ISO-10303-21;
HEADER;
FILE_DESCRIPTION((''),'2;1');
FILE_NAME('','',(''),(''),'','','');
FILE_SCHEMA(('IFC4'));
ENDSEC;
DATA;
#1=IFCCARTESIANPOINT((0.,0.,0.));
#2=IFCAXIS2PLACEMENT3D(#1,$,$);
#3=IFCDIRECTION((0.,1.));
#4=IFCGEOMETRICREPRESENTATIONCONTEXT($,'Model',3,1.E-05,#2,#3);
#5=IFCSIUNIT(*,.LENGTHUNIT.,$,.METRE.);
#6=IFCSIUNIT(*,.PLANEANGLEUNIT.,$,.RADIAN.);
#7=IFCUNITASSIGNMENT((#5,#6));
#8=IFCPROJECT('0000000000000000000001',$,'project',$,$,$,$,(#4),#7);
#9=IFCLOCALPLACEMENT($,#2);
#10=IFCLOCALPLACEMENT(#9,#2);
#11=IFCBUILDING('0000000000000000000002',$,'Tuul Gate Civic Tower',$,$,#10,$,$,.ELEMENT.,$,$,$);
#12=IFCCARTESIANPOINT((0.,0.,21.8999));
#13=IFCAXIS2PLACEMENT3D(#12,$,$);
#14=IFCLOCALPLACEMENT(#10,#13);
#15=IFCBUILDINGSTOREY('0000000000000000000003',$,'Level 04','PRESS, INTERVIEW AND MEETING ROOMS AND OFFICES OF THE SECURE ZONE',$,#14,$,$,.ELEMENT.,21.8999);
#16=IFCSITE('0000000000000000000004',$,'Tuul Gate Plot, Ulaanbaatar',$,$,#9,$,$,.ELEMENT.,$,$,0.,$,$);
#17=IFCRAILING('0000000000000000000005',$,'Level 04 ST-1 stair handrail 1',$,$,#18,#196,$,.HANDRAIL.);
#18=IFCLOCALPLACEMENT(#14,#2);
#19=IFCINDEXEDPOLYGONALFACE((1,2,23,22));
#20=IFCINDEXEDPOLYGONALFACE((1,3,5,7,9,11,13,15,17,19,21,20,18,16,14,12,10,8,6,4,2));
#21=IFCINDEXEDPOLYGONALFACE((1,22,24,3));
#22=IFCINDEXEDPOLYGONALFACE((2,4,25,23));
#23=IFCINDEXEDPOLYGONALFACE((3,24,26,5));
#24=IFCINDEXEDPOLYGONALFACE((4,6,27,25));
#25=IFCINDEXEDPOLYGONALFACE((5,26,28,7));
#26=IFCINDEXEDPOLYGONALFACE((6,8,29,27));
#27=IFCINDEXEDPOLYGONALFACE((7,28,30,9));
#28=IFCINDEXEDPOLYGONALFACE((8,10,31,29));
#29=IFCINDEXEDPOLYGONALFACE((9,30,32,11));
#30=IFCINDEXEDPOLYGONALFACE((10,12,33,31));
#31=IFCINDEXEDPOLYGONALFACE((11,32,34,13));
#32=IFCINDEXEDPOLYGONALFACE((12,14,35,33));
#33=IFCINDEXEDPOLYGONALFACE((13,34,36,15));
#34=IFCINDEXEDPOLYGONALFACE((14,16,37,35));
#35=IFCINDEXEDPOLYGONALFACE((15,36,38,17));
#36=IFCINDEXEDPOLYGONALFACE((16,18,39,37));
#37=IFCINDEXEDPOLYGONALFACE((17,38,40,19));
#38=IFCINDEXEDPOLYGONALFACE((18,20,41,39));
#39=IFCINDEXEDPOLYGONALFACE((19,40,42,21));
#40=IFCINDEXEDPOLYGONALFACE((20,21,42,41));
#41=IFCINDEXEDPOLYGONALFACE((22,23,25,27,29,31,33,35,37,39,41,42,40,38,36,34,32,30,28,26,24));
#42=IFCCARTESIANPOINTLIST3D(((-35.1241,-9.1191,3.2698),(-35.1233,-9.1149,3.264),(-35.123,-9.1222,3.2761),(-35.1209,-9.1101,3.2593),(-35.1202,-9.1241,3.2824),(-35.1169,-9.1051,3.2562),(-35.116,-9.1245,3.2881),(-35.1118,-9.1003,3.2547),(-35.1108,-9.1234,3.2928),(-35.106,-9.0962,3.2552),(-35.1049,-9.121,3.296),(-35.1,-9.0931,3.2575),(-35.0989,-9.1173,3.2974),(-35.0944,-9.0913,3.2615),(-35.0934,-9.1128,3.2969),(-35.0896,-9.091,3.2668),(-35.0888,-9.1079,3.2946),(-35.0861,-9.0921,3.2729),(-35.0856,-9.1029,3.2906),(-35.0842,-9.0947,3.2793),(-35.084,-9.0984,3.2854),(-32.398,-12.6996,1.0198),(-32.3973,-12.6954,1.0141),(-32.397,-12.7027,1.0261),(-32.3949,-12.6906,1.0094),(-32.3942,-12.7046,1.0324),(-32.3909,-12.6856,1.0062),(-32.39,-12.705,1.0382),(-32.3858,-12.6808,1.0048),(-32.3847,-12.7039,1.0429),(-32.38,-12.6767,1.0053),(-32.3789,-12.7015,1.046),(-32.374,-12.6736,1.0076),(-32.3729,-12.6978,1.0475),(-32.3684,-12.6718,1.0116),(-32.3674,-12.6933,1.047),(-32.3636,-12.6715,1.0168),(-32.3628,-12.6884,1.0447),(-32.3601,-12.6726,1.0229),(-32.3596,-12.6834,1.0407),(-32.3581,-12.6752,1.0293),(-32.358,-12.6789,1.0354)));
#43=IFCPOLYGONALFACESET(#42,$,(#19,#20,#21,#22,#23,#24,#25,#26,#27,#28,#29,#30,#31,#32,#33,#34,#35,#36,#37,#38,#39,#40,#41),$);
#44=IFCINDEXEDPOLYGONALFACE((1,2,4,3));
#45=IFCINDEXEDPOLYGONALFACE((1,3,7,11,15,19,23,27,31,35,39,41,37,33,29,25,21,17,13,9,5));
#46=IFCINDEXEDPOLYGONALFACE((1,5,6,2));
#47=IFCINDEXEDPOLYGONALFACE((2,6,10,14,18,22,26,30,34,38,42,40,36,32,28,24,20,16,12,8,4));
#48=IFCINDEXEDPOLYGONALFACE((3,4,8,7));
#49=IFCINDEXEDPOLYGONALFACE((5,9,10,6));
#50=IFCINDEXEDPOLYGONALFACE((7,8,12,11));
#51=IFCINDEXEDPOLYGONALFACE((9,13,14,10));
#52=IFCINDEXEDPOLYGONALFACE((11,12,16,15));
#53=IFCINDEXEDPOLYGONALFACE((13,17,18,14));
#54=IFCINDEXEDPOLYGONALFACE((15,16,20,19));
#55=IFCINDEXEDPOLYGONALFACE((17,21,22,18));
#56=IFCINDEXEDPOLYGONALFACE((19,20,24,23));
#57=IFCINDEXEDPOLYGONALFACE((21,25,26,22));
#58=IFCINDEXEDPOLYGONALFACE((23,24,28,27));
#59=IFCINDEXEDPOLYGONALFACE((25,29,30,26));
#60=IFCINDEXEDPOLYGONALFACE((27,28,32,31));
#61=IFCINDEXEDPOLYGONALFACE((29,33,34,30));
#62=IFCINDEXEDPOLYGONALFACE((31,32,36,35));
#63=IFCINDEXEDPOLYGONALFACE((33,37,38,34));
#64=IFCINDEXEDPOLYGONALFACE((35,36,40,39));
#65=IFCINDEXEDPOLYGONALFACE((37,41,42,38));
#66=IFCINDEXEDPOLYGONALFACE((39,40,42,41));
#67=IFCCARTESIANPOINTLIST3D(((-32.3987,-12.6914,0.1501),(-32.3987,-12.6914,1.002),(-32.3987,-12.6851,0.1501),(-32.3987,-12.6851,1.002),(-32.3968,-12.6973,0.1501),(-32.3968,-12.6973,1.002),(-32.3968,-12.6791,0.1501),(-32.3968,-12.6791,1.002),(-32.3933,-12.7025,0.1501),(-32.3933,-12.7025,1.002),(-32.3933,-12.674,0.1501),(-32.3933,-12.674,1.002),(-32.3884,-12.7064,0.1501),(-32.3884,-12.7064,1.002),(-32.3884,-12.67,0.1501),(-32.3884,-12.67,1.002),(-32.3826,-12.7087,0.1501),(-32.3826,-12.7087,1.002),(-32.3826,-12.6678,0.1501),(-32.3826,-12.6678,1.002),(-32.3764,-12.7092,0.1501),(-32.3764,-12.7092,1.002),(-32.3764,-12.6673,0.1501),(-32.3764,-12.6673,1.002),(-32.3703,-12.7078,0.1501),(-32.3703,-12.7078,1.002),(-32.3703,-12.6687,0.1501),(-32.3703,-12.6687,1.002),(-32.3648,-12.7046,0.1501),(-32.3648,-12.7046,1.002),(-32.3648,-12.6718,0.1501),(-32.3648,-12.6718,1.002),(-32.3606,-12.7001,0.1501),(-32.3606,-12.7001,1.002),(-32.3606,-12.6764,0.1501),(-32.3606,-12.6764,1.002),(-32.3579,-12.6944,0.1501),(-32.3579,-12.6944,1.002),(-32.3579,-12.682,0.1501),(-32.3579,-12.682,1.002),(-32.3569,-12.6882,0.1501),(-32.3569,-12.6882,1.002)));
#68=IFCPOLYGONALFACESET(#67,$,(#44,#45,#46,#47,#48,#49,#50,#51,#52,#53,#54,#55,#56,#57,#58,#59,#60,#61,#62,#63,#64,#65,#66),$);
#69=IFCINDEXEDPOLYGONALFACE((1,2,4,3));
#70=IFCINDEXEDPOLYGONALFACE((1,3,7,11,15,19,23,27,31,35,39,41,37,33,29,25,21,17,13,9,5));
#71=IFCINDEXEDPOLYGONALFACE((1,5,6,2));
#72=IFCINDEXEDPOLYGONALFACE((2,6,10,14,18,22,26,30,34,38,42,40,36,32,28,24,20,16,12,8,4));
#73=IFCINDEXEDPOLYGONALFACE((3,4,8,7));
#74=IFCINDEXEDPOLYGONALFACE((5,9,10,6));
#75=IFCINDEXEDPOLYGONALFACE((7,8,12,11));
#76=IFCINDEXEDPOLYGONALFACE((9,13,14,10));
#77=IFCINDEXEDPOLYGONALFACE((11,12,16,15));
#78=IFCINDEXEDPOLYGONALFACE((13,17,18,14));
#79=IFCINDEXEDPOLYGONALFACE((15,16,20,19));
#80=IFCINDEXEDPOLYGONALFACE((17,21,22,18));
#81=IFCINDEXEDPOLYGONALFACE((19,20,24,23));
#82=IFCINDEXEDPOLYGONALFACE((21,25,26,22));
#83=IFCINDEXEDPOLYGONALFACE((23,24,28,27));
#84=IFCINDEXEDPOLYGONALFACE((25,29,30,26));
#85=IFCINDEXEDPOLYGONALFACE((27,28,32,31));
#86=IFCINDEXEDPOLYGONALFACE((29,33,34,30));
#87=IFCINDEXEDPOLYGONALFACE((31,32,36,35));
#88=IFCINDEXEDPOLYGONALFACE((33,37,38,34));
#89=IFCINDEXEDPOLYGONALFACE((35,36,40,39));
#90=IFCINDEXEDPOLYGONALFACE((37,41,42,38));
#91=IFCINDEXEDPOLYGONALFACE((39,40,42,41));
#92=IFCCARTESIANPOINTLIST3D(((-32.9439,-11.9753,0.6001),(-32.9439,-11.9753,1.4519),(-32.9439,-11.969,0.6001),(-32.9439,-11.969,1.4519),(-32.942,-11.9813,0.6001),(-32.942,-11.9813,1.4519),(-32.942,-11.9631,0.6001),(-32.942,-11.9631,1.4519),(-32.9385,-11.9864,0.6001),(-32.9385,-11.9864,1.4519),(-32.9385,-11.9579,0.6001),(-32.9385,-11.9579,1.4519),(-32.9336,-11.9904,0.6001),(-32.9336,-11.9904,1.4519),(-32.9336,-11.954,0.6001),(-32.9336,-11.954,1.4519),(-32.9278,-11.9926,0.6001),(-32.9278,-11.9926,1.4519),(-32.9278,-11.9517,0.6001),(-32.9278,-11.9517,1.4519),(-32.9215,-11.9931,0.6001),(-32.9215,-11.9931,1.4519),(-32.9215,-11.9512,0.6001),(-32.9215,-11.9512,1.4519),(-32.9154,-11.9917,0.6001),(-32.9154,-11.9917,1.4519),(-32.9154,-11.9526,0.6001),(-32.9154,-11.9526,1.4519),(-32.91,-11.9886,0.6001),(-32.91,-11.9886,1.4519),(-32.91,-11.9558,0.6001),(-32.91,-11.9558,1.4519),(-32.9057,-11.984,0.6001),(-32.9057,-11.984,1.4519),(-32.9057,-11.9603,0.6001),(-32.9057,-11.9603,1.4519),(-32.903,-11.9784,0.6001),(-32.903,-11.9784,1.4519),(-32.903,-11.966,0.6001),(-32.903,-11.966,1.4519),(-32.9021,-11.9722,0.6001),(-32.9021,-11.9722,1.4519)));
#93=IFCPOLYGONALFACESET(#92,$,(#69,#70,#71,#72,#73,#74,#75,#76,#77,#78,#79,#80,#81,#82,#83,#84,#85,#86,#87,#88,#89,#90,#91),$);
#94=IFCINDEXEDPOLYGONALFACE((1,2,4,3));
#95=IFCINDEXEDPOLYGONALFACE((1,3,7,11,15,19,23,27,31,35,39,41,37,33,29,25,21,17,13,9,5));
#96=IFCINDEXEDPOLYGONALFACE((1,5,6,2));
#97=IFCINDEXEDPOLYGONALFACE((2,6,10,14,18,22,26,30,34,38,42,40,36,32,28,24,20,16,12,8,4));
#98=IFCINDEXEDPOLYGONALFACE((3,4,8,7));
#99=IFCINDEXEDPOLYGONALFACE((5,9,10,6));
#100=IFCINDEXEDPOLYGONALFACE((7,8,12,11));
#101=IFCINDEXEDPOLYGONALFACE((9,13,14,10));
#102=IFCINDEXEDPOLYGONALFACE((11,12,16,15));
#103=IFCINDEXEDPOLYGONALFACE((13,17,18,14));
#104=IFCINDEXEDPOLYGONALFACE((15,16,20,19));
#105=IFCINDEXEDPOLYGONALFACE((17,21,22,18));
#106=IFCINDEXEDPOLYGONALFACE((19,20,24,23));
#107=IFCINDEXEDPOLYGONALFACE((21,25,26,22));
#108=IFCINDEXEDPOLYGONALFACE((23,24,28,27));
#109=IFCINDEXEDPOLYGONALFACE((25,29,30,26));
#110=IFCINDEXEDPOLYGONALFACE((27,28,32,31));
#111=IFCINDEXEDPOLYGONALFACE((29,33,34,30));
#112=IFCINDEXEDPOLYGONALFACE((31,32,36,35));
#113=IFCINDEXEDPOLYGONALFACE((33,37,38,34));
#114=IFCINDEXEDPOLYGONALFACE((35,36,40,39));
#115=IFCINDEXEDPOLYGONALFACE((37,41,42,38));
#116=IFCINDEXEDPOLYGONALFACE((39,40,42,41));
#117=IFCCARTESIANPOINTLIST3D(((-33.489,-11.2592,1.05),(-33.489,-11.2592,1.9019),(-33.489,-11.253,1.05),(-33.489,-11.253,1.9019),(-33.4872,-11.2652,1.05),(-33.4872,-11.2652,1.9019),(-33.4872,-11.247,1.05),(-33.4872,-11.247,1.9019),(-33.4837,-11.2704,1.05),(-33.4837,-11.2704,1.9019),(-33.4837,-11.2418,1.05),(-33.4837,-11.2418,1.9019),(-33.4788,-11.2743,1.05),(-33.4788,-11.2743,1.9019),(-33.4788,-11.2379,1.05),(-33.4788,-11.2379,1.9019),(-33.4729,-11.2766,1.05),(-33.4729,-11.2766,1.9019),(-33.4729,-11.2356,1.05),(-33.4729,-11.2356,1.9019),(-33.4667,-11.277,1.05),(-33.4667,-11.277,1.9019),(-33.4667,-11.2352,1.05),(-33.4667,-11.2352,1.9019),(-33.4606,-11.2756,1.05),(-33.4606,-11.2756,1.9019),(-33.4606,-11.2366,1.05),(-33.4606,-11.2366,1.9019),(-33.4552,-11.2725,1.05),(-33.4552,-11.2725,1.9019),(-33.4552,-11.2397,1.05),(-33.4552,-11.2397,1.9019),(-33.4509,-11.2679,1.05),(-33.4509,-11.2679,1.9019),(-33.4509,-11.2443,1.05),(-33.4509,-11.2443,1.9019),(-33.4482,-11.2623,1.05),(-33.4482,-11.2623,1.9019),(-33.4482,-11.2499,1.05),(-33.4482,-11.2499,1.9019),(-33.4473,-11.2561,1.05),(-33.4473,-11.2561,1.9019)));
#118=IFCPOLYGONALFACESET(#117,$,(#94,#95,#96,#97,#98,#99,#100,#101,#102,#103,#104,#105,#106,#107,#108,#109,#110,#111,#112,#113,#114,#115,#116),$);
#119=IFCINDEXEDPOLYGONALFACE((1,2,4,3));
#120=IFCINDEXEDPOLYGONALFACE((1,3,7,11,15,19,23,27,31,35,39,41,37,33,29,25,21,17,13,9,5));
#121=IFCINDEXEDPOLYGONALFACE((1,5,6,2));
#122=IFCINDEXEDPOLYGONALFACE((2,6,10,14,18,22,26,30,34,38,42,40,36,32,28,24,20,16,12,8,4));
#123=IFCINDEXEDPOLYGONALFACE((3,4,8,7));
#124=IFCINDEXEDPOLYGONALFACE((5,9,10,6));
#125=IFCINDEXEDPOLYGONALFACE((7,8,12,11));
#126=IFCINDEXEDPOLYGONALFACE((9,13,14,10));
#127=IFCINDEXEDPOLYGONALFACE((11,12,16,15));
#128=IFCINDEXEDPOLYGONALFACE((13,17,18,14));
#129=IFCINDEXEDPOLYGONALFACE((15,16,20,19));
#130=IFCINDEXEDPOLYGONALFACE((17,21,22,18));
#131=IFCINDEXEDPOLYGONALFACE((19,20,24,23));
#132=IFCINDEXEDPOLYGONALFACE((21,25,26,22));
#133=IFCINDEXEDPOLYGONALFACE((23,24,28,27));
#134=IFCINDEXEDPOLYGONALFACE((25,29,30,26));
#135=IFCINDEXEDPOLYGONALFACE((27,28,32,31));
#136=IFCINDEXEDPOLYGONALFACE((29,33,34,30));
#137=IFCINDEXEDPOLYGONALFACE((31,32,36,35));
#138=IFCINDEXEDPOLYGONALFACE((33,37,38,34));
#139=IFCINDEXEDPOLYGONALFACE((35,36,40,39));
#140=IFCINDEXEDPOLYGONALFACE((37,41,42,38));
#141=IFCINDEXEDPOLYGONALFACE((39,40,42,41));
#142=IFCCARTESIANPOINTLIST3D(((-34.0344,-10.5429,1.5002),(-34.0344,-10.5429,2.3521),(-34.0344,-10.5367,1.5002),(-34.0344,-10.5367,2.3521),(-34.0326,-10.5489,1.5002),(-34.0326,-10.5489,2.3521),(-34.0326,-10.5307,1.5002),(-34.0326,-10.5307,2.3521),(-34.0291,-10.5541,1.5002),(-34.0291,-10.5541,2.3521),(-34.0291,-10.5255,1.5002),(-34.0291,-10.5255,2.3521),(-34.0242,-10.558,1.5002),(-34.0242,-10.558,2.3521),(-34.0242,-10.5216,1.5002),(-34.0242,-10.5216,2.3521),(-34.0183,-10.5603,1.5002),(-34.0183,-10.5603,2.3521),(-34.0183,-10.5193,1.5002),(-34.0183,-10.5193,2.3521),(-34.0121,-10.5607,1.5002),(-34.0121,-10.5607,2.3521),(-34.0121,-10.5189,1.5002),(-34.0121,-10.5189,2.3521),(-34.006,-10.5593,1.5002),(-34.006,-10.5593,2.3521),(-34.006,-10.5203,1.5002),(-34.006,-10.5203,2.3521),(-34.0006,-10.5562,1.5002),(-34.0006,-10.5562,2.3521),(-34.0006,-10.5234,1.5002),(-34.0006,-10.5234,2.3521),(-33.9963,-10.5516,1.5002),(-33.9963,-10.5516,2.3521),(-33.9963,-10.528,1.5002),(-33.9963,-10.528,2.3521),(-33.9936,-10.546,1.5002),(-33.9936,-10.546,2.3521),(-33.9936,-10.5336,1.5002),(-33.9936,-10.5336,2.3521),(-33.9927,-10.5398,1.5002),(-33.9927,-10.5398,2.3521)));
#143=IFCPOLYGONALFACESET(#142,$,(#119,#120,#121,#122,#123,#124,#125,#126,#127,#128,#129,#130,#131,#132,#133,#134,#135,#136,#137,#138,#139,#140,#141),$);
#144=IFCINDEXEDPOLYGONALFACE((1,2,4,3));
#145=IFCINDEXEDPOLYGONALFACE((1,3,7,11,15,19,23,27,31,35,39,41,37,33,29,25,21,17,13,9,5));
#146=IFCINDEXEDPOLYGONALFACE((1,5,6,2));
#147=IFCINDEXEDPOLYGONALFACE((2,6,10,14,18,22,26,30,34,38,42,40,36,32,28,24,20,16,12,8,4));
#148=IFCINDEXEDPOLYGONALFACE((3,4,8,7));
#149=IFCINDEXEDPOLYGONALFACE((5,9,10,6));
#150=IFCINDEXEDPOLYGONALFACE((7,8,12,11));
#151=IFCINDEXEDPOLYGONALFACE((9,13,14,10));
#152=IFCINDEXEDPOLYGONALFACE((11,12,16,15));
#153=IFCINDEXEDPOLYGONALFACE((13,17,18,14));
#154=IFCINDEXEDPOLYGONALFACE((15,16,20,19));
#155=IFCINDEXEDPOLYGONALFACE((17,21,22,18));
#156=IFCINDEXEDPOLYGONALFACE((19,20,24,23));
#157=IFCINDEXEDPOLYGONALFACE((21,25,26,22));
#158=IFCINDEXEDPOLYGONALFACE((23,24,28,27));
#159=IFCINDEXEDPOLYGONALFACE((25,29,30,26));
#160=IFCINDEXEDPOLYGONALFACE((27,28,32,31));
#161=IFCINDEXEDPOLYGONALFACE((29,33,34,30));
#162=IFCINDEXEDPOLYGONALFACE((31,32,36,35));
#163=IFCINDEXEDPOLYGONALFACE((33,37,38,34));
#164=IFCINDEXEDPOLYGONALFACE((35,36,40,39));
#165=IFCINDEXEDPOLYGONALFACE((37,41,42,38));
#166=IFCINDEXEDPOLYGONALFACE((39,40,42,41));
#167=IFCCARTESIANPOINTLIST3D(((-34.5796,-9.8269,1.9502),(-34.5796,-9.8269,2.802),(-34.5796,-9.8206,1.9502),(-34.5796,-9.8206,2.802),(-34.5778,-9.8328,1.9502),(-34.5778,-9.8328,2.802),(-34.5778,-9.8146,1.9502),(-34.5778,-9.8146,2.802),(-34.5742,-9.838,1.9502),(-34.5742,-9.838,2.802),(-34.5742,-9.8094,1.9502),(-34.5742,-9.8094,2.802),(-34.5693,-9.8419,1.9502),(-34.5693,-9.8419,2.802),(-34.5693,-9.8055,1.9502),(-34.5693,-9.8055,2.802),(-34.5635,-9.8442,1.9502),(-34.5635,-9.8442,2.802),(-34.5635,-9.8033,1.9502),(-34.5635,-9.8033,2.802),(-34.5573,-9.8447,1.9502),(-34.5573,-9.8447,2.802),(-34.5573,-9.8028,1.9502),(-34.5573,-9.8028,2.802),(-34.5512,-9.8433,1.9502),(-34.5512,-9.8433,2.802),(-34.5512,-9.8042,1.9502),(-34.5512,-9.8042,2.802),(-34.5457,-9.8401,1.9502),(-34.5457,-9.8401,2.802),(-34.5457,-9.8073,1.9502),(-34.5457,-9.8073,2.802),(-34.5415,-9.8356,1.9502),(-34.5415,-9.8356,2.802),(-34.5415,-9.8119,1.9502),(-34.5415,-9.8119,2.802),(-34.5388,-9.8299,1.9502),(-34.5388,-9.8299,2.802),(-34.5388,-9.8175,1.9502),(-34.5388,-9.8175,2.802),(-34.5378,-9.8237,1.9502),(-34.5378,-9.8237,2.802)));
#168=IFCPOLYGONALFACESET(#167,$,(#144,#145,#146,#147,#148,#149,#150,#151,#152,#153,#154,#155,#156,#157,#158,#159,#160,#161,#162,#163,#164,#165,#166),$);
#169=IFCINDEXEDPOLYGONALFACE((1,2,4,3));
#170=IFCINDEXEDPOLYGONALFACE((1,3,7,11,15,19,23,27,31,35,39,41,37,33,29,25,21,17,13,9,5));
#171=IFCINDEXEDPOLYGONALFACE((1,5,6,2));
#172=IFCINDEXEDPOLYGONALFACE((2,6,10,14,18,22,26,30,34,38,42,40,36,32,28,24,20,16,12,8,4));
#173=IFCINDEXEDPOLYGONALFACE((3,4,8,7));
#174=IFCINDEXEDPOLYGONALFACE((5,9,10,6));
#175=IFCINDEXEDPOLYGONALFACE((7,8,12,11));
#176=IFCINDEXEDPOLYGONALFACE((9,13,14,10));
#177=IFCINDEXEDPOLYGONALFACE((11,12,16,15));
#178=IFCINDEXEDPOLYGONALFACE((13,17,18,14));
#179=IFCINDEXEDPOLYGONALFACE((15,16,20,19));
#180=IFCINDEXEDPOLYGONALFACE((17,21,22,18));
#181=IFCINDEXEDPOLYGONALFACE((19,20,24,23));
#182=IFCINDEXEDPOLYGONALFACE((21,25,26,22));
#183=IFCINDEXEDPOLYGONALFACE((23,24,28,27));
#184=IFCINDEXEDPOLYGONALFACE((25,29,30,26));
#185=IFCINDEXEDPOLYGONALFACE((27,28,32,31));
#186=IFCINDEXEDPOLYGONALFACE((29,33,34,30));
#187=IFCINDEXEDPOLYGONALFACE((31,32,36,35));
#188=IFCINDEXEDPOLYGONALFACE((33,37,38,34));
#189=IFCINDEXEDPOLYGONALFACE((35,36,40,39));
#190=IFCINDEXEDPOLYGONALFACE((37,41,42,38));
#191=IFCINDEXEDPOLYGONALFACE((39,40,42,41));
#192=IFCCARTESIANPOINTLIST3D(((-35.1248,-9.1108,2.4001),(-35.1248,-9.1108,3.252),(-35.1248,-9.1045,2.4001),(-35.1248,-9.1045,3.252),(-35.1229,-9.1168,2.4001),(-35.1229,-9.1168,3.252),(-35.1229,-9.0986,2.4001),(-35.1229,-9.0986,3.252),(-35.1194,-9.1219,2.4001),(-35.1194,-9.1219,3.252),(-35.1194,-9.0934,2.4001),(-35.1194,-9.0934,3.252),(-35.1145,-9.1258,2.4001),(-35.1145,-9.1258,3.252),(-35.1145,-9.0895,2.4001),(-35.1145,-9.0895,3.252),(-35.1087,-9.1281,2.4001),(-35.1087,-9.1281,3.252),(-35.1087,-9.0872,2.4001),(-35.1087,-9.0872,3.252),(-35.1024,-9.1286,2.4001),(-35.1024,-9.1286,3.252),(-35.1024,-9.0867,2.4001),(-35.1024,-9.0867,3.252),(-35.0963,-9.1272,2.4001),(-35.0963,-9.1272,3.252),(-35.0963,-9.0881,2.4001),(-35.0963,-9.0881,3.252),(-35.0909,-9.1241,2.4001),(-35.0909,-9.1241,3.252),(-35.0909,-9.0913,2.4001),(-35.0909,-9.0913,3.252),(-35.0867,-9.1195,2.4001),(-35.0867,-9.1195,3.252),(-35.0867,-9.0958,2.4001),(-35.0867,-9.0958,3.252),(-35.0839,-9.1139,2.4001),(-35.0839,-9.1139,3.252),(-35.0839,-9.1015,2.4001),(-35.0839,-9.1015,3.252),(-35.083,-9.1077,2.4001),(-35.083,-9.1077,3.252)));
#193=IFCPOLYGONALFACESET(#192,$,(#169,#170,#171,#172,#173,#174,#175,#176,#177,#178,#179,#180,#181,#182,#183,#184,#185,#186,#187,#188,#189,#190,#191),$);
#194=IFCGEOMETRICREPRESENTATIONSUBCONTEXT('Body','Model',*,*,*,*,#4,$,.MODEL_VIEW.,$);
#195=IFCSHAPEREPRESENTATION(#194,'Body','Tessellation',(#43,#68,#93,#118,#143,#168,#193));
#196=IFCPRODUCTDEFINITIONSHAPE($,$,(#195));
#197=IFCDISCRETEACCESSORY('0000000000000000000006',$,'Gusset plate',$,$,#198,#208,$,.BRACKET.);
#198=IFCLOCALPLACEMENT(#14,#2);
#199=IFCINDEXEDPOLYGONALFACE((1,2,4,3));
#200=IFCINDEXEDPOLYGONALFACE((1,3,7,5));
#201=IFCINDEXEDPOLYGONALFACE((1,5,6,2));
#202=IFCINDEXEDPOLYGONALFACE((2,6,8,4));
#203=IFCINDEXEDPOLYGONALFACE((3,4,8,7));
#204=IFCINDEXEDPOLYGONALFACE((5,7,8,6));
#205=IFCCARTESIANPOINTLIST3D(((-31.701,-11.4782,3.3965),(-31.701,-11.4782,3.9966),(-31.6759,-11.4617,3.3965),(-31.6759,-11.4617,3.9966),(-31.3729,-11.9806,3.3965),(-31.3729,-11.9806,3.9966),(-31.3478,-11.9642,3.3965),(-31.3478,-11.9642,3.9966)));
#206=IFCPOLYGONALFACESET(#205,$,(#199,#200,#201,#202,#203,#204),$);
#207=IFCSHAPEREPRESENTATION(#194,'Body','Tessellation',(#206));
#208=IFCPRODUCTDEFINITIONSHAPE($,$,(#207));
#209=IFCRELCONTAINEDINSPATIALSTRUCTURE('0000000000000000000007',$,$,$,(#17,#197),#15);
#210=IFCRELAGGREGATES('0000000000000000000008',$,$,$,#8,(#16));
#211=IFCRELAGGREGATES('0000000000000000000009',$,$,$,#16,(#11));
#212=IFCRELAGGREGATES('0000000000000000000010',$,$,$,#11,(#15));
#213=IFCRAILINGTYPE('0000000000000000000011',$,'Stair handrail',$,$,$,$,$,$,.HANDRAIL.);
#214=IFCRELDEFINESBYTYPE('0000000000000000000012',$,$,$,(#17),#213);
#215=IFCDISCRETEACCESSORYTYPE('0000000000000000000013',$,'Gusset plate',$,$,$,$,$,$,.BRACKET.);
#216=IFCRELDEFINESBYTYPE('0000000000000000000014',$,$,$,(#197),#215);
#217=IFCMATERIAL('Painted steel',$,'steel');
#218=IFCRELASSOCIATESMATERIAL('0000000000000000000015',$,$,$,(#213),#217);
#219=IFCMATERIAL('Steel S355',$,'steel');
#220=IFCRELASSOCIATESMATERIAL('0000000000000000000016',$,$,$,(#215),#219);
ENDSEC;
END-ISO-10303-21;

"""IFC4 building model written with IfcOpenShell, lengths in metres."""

from ifc_helpers import new_model, si_unit, direction, frame, origin, origin_2d, place, context, subcontext, project, spatial, rectangle, circle, extrude, material, type_object, element, save


model = new_model("IFC4")

# Units and contexts
model_context = context("Model", 3, precision=1e-05, world=origin(), true_north=direction((0.0, 1.0)))
body_context = subcontext(model_context, "Body", "Model", "MODEL_VIEW")
ifc_project = project(units=[si_unit("LENGTHUNIT", "METRE"), si_unit("PLANEANGLEUNIT", "RADIAN")], contexts=[model_context])

# Site, building, storey
site_placement = place(None, origin())
site = spatial("IfcSite", under=ifc_project, at=site_placement, Name="Tuul Gate Plot, Ulaanbaatar", CompositionType="ELEMENT", RefElevation=0.0)
building_placement = place(site_placement, origin())
building = spatial("IfcBuilding", under=site, at=building_placement, Name="Tuul Gate Civic Tower", CompositionType="ELEMENT")
storey_placement = place(building_placement, frame((0.0, 0.0, 21.8999)))
storey = spatial("IfcBuildingStorey", under=building, at=storey_placement, Name="Level 04", Description="PRESS, INTERVIEW AND MEETING ROOMS AND OFFICES OF THE SECURE ZONE", CompositionType="ELEMENT", Elevation=21.8999)

# Railing
ifc_material_1 = material(Name="Painted steel", Category="steel")
railing_type = type_object("IfcRailingType", Name="Stair handrail", PredefinedType="HANDRAIL", material=ifc_material_1)
railing_1_placement = place(storey_placement, frame((-32.3779, -12.6882, 0.1501)))
element("IfcRailing", 1, at=railing_1_placement, inside=storey, type_object=railing_type, Name="Level 04 ST-1 stair handrail 1", PredefinedType="HANDRAIL", context=body_context, shape_type="SweptSolid", body=[
    extrude(circle(Radius=0.0239, at=origin_2d()), frame((0.0, 0.0, 0.876), z_axis=(-0.541818, 0.711652, 0.447196), x_axis=(-0.795643, -0.605765, 0.0)), (0.0, 0.0, 1.0), 5.0312),
    extrude(circle(Radius=0.021, at=origin_2d()), origin(), (0.0, 0.0, 1.0), 0.8518),
    extrude(circle(Radius=0.021, at=origin_2d()), frame((-0.5452, 0.7161, 0.45)), (0.0, 0.0, 1.0), 0.8518),
    extrude(circle(Radius=0.021, at=origin_2d()), frame((-1.0903, 1.4321, 0.8999)), (0.0, 0.0, 1.0), 0.8518),
    extrude(circle(Radius=0.021, at=origin_2d()), frame((-1.6357, 2.1484, 1.3501)), (0.0, 0.0, 1.0), 0.8518),
    extrude(circle(Radius=0.021, at=origin_2d()), frame((-2.1809, 2.8645, 1.8)), (0.0, 0.0, 1.0), 0.8518),
    extrude(circle(Radius=0.021, at=origin_2d()), frame((-2.7261, 3.5806, 2.25)), (0.0, 0.0, 1.0), 0.8518),
])

# Discrete accessory
ifc_material_2 = material(Name="Steel S355", Category="steel")
discrete_accessory_type = type_object("IfcDiscreteAccessoryType", Name="Gusset plate", PredefinedType="BRACKET", material=ifc_material_2)
discrete_accessory_placement = place(storey_placement, frame((-31.5244, -11.7212, 3.3965), z_axis=(0.0, 0.0, 1.0), x_axis=(0.546705, -0.837325, 0.0)))
element("IfcDiscreteAccessory", 2, at=discrete_accessory_placement, inside=storey, type_object=discrete_accessory_type, Name="Gusset plate", PredefinedType="BRACKET", context=body_context, shape_type="SweptSolid", body=[
    extrude(rectangle(XDim=0.6001, YDim=0.03, at=origin_2d()), origin(), (0.0, 0.0, 1.0), 0.6001),
])

save(model, "model.ifc")
